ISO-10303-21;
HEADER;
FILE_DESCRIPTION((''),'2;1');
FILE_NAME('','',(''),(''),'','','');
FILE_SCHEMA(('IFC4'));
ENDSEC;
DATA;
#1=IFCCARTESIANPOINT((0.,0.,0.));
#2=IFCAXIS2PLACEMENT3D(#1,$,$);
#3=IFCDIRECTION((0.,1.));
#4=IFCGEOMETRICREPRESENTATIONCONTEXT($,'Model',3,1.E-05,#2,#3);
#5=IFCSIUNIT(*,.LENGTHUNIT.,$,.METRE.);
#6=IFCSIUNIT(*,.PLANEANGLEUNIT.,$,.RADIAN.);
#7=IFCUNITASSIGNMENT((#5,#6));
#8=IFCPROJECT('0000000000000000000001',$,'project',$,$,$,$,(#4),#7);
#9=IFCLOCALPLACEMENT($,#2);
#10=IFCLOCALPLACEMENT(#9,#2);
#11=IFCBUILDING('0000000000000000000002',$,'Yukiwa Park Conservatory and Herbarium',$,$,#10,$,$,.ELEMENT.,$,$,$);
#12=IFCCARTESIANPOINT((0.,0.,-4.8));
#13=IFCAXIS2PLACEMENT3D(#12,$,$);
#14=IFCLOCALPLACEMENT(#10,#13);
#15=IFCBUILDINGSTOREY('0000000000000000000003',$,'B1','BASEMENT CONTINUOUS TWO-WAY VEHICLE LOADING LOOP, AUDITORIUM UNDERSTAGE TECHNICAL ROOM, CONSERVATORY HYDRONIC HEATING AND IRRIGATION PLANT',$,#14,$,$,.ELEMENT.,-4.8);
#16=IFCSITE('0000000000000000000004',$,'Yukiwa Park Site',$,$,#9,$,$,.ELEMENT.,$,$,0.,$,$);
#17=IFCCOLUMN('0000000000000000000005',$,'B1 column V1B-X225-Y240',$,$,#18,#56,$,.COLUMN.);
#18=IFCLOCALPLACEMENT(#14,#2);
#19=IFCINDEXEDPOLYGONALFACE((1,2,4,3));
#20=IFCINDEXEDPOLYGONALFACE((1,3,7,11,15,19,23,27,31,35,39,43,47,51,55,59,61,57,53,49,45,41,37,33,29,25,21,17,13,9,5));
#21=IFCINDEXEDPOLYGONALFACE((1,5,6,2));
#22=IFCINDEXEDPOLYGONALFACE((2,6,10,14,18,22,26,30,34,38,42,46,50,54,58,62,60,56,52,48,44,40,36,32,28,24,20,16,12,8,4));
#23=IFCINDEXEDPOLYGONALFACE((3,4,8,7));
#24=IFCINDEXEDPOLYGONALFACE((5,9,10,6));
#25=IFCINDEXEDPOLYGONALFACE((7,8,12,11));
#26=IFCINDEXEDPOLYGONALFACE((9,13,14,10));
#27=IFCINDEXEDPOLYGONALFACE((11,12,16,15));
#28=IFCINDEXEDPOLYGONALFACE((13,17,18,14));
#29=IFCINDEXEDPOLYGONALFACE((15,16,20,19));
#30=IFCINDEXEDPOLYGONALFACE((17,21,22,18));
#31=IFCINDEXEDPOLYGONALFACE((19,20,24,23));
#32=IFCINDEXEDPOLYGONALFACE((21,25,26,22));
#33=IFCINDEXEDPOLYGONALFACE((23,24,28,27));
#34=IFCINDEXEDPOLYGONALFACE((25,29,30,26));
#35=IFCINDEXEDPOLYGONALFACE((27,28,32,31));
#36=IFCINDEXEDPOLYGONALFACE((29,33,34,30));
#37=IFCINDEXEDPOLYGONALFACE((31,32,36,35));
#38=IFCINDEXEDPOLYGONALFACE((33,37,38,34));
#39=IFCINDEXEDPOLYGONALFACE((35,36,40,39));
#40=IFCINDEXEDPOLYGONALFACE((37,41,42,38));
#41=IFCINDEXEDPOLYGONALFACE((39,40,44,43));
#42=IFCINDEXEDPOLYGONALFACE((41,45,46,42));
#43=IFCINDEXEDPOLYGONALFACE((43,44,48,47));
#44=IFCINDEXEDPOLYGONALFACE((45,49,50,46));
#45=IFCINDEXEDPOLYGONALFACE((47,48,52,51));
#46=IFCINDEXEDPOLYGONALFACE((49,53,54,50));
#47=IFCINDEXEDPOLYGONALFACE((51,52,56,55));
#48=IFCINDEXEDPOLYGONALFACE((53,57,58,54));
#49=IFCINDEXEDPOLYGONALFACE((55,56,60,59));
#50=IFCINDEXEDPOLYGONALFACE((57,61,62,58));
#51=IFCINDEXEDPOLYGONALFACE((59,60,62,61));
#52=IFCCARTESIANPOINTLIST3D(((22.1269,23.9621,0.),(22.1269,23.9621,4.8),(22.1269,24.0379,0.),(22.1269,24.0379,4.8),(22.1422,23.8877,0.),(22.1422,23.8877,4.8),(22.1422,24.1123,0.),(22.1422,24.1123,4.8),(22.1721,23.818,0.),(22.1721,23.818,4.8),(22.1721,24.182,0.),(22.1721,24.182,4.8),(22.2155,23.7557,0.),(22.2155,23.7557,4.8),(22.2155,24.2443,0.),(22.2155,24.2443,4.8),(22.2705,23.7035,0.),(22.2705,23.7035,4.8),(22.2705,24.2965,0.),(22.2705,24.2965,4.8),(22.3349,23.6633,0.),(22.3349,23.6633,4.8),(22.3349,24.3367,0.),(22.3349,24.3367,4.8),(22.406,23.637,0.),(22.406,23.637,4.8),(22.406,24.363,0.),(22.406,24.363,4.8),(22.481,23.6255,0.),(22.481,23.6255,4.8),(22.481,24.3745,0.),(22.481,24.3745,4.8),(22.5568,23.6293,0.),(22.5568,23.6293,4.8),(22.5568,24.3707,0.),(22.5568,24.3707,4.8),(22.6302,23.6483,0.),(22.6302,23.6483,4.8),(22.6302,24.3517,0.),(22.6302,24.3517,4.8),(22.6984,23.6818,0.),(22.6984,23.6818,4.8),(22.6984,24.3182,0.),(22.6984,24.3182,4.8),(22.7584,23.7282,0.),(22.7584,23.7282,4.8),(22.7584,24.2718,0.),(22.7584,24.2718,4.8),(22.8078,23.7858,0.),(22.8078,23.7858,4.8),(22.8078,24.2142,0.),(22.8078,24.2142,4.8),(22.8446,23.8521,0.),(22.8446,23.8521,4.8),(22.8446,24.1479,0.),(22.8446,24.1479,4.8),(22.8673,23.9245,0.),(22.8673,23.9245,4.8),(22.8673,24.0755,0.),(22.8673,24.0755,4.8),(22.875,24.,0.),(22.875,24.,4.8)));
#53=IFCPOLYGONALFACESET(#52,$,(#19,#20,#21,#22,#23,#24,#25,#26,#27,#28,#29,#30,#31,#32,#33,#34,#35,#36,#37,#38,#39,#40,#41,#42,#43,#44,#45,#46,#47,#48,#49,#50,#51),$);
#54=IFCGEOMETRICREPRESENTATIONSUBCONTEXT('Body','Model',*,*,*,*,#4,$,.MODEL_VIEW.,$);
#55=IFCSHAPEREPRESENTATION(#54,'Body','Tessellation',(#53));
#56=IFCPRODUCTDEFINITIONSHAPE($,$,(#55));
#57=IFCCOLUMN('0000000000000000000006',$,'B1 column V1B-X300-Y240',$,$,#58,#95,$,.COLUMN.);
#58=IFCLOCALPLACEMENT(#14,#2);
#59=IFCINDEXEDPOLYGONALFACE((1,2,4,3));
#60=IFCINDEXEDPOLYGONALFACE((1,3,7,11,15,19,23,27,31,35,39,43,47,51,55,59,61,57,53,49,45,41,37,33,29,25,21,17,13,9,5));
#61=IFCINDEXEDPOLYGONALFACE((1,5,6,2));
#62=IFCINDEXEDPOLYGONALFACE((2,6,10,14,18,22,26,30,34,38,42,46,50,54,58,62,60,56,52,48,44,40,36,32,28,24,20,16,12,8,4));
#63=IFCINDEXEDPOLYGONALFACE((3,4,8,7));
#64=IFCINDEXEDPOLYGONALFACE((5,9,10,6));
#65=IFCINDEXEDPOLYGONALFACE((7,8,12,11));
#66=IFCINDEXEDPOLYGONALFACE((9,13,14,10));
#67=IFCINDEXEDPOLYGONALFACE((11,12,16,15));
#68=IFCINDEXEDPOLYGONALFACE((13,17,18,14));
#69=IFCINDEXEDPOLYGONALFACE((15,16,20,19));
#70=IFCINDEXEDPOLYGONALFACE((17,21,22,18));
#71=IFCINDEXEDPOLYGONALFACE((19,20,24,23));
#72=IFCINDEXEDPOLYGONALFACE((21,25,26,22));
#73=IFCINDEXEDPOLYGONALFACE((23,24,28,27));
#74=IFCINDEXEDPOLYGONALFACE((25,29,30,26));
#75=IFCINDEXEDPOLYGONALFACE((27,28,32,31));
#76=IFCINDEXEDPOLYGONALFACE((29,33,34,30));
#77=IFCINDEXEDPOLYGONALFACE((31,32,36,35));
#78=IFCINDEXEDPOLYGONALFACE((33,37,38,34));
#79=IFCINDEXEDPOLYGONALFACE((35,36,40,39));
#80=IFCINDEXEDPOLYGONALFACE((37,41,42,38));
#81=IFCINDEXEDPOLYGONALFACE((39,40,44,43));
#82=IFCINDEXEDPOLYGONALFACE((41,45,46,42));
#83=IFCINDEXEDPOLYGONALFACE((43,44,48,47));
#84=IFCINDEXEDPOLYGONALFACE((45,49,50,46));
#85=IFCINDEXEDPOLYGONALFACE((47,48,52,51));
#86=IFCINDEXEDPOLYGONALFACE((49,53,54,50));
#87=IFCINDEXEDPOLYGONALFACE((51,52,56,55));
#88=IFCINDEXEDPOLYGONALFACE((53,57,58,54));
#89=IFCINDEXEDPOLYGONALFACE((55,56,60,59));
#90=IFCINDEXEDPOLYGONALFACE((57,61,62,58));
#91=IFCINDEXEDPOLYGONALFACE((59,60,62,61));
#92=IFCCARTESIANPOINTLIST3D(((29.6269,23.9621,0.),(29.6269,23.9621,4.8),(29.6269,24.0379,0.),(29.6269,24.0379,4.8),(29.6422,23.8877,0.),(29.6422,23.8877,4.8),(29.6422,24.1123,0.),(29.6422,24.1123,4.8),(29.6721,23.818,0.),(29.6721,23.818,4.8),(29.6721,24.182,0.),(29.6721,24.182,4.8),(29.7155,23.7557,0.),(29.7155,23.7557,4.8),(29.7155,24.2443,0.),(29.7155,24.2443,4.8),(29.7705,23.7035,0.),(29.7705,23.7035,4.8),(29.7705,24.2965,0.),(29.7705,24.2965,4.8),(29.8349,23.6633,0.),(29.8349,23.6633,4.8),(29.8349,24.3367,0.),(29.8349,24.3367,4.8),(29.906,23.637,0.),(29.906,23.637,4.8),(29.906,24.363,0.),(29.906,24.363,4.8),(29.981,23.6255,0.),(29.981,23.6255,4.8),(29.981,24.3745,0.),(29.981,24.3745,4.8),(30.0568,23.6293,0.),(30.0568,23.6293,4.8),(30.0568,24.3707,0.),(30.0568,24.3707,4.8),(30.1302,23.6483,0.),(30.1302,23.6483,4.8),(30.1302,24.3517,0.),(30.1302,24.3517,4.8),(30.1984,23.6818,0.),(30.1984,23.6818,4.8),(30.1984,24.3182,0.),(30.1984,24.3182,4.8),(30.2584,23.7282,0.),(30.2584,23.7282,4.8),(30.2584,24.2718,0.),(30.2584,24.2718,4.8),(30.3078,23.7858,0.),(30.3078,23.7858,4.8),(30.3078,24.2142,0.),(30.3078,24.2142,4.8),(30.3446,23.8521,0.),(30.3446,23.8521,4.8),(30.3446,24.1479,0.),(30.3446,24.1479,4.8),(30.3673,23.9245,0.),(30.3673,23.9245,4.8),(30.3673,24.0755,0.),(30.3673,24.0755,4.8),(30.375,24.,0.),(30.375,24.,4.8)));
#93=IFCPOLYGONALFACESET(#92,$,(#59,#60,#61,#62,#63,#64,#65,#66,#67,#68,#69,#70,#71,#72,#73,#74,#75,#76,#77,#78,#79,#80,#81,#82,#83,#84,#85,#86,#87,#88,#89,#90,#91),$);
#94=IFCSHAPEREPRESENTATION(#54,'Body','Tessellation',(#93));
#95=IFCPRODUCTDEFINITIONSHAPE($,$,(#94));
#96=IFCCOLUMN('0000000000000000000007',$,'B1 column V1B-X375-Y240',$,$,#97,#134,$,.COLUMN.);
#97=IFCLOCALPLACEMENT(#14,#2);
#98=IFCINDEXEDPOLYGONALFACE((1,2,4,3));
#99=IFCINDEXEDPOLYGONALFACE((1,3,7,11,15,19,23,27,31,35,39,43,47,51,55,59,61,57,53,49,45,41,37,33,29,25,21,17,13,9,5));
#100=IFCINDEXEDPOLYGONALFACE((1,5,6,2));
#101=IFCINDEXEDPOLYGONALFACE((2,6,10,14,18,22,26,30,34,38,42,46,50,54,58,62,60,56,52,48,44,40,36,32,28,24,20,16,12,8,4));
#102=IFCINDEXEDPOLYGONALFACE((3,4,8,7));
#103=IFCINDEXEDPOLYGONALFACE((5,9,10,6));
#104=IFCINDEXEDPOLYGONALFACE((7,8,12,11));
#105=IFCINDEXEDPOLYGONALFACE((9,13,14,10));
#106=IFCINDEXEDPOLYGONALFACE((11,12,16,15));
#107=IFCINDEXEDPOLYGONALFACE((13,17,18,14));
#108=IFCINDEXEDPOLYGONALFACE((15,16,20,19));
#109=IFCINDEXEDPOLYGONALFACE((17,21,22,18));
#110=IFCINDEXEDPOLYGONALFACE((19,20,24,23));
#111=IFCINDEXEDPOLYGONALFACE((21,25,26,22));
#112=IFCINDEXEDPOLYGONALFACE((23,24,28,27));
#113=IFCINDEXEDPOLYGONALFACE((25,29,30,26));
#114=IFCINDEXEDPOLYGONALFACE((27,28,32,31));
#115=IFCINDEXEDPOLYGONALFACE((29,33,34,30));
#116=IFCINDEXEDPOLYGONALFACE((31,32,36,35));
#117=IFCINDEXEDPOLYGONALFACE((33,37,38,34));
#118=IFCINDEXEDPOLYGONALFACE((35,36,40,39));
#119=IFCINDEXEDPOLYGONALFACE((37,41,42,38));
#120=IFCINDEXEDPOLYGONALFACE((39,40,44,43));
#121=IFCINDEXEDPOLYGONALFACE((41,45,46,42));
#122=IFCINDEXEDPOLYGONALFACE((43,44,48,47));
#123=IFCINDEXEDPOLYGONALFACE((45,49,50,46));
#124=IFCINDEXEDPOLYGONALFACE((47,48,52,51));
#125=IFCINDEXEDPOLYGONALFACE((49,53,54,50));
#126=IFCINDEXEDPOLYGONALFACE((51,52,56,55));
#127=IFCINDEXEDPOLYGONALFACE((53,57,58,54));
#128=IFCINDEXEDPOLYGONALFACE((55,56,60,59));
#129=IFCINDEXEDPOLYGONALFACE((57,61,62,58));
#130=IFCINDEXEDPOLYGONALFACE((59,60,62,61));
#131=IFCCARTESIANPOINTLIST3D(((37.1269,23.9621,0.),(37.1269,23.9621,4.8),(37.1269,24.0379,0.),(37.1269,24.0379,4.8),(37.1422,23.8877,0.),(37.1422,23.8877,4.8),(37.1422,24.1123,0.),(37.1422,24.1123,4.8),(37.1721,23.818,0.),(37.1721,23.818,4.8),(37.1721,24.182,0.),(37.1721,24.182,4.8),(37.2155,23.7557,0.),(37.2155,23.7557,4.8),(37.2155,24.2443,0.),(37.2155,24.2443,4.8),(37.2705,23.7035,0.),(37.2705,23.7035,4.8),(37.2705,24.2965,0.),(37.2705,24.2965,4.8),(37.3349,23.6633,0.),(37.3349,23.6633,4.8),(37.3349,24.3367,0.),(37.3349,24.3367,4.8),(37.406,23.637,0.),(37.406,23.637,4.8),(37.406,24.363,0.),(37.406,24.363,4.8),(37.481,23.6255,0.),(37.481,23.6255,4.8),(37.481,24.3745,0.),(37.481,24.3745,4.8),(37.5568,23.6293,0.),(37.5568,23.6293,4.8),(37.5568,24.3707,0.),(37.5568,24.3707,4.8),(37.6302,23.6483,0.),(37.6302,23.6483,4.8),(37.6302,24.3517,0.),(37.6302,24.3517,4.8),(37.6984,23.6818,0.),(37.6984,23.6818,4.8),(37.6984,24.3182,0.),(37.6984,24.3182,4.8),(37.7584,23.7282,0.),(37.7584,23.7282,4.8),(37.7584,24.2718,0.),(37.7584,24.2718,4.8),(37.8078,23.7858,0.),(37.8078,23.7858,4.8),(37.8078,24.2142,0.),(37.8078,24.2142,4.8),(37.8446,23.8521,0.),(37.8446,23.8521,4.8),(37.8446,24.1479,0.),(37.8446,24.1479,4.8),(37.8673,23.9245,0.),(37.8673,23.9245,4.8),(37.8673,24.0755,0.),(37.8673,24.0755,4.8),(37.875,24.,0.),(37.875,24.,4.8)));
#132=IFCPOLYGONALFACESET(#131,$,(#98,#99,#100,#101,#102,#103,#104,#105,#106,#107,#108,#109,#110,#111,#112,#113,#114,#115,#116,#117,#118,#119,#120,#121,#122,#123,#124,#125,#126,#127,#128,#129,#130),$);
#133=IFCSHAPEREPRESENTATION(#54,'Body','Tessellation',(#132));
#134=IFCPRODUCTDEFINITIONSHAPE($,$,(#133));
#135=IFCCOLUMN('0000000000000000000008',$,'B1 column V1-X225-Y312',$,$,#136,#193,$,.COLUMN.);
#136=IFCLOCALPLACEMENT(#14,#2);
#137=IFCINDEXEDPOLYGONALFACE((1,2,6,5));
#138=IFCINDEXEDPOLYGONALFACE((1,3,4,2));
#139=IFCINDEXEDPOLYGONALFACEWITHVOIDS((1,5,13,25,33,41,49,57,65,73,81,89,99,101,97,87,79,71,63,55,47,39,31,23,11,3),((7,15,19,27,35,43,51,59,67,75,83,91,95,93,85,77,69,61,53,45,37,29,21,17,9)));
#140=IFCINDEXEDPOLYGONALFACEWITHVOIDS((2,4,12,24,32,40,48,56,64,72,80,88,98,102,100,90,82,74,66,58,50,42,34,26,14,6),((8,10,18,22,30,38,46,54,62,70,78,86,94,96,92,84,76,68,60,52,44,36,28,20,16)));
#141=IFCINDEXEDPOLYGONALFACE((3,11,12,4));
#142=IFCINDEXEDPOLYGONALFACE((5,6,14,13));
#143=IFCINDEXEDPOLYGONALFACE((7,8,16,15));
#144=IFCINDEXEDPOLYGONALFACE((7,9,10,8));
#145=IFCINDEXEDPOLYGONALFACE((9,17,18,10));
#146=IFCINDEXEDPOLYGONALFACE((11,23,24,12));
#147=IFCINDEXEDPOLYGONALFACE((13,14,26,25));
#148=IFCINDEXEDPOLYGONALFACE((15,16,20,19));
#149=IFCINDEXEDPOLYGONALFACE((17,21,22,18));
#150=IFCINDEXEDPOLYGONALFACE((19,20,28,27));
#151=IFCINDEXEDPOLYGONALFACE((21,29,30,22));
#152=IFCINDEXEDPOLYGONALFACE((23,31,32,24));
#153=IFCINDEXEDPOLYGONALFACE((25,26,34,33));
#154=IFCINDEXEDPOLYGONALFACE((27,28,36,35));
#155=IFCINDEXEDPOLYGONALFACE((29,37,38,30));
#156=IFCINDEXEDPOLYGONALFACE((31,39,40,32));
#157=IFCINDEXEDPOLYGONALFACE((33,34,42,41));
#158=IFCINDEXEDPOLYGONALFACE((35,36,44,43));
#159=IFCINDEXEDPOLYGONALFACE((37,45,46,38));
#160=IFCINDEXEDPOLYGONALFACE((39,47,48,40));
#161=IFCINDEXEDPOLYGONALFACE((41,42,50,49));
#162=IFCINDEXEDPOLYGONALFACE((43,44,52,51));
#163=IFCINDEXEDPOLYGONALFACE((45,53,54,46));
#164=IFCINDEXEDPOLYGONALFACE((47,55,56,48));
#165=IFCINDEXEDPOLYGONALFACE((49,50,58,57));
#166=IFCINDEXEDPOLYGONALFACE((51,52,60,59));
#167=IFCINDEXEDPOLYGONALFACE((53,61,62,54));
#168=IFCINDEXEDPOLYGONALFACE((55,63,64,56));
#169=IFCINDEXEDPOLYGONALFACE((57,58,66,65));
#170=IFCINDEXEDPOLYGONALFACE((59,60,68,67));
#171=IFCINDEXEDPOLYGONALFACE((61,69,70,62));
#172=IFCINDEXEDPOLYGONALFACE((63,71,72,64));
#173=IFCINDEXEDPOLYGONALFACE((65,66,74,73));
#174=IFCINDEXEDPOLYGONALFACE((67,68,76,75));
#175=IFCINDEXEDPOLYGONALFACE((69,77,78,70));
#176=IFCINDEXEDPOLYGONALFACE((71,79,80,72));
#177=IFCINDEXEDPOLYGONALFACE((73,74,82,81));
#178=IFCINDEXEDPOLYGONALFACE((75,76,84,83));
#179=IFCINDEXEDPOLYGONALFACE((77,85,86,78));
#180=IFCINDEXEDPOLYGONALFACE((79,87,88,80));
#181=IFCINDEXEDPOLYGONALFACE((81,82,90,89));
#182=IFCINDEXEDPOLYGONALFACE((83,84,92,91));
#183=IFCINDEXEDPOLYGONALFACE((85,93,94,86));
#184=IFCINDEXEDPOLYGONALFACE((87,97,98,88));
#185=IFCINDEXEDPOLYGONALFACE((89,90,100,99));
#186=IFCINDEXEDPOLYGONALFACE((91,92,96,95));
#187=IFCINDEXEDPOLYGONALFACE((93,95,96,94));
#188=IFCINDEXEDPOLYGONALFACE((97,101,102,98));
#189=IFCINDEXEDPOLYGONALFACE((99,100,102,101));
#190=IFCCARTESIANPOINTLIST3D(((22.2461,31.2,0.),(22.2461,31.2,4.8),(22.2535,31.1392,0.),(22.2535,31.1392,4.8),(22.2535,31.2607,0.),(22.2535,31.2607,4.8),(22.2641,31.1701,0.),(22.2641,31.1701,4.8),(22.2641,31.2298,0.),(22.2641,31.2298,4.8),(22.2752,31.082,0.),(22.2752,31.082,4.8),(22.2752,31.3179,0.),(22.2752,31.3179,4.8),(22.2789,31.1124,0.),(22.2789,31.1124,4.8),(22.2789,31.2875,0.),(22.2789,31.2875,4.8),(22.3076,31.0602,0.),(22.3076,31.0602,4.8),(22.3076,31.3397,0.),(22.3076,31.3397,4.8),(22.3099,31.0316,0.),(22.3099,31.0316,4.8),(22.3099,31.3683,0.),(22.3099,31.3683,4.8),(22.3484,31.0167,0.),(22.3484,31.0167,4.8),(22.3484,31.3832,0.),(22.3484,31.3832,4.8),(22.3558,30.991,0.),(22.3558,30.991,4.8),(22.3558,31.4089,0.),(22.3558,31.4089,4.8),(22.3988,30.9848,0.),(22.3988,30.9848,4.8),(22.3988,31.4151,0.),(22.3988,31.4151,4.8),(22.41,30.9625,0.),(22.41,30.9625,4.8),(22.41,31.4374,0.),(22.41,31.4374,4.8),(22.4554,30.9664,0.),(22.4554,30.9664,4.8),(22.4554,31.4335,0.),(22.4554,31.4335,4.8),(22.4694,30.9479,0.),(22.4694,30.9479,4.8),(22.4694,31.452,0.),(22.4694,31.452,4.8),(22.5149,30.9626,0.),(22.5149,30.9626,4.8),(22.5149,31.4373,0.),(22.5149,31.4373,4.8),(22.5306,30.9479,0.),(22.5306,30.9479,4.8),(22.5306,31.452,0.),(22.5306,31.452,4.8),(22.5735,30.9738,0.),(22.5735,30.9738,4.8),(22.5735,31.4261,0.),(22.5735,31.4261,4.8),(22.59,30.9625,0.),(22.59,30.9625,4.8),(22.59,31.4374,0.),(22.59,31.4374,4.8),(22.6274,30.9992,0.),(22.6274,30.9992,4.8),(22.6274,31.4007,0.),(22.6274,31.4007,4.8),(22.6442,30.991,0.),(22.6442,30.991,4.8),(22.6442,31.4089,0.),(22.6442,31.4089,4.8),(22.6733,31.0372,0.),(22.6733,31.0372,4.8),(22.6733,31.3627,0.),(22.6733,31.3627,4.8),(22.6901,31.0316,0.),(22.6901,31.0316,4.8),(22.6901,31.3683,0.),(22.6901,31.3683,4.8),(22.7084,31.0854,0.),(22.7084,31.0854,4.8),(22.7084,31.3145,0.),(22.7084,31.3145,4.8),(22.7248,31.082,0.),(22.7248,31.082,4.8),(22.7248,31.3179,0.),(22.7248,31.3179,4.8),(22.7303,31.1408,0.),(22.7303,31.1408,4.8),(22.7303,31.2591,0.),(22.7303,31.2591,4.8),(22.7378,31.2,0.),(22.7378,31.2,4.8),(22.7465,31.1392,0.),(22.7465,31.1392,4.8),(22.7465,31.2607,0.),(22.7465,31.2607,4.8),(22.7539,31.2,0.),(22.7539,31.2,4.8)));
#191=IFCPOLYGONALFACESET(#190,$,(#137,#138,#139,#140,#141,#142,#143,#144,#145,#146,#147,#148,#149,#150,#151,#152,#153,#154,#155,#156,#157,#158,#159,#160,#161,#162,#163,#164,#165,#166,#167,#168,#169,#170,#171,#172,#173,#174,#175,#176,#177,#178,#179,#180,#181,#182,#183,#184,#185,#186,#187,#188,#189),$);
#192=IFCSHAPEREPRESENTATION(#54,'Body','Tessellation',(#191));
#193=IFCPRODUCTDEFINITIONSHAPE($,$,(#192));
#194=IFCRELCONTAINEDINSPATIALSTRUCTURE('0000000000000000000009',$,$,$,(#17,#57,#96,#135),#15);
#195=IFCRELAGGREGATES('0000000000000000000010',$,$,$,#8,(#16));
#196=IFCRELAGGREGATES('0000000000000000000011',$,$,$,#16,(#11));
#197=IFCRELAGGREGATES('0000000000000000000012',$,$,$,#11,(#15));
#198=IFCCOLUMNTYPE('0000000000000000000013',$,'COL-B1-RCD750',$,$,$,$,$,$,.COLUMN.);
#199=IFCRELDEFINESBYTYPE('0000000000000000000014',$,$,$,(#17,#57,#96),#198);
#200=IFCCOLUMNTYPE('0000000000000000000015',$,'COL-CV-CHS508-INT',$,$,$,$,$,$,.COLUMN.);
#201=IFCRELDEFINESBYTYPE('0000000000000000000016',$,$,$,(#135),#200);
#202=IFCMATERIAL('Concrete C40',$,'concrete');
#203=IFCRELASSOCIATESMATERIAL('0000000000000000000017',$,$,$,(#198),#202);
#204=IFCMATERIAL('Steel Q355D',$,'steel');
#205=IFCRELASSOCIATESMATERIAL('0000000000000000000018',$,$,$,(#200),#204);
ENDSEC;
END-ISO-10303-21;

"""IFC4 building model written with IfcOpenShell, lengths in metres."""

from ifc_helpers import new_model, si_unit, direction, frame, origin, origin_2d, place, context, subcontext, project, spatial, circle, hollow_circle, extrude, material, material_profile, profile_set, type_object, element, save


model = new_model("IFC4")

# Units and contexts
model_context = context("Model", 3, precision=1e-05, world=origin(), true_north=direction((0.0, 1.0)))
body_context = subcontext(model_context, "Body", "Model", "MODEL_VIEW")
ifc_project = project(units=[si_unit("LENGTHUNIT", "METRE"), si_unit("PLANEANGLEUNIT", "RADIAN")], contexts=[model_context])

# Site, building, storey
site_placement = place(None, origin())
site = spatial("IfcSite", under=ifc_project, at=site_placement, Name="Yukiwa Park Site", CompositionType="ELEMENT", RefElevation=0.0)
building_placement = place(site_placement, origin())
building = spatial("IfcBuilding", under=site, at=building_placement, Name="Yukiwa Park Conservatory and Herbarium", CompositionType="ELEMENT")
storey_placement = place(building_placement, frame((0.0, 0.0, -4.8)))
storey = spatial("IfcBuildingStorey", under=building, at=storey_placement, Name="B1", Description="BASEMENT CONTINUOUS TWO-WAY VEHICLE LOADING LOOP, AUDITORIUM UNDERSTAGE TECHNICAL ROOM, CONSERVATORY HYDRONIC HEATING AND IRRIGATION PLANT", CompositionType="ELEMENT", Elevation=-4.8)

# Columns
ifc_material_1 = material(Name="Concrete C40", Category="concrete")
ifc_material_profile_1 = material_profile(ifc_material_1, circle(Radius=0.375, at=origin_2d()), Name="RC D750")
ifc_profile_set_1 = profile_set([ifc_material_profile_1], Name="Concrete C40")
column_type_1 = type_object("IfcColumnType", Name="COL-B1-RCD750", PredefinedType="COLUMN", material=ifc_profile_set_1)
for number, where, z_axis, x_axis, name in (
    (1, (22.5, 24.0, 0.0), (0.0, 0.0, 1.0), (1.0, 0.0, 0.0), "B1 column V1B-X225-Y240"),
    (2, (30.0, 24.0, 0.0), (0.0, 0.0, 1.0), (1.0, 0.0, 0.0), "B1 column V1B-X300-Y240"),
    (3, (37.5, 24.0, 0.0), (0.0, 0.0, 1.0), (1.0, 0.0, 0.0), "B1 column V1B-X375-Y240"),
):
    element("IfcColumn", number, at=place(storey_placement, frame(where, z_axis=z_axis, x_axis=x_axis)), inside=storey, type_object=column_type_1, Name=name, PredefinedType="COLUMN", context=body_context, shape_type="SweptSolid", body=[
        extrude(circle(Radius=0.375, at=origin_2d()), origin(), (0.0, 0.0, 1.0), 4.8),
    ])
ifc_material_2 = material(Name="Steel Q355D", Category="steel")
ifc_material_profile_2 = material_profile(ifc_material_2, hollow_circle(Radius=0.2539, WallThickness=0.0161, at=origin_2d()), Name="CHS 508x16")
ifc_profile_set_2 = profile_set([ifc_material_profile_2], Name="Steel Q355D")
column_type_2 = type_object("IfcColumnType", Name="COL-CV-CHS508-INT", PredefinedType="COLUMN", material=ifc_profile_set_2)
for number, where, z_axis, x_axis, name in (
    (4, (22.5, 31.2, 0.0), (0.0, 0.0, 1.0), (1.0, 0.0, 0.0), "B1 column V1-X225-Y312"),
):
    element("IfcColumn", number, at=place(storey_placement, frame(where, z_axis=z_axis, x_axis=x_axis)), inside=storey, type_object=column_type_2, Name=name, PredefinedType="COLUMN", context=body_context, shape_type="SweptSolid", body=[
        extrude(hollow_circle(Radius=0.2539, WallThickness=0.0161, at=origin_2d()), origin(), (0.0, 0.0, 1.0), 4.8),
    ])

save(model, "model.ifc")
